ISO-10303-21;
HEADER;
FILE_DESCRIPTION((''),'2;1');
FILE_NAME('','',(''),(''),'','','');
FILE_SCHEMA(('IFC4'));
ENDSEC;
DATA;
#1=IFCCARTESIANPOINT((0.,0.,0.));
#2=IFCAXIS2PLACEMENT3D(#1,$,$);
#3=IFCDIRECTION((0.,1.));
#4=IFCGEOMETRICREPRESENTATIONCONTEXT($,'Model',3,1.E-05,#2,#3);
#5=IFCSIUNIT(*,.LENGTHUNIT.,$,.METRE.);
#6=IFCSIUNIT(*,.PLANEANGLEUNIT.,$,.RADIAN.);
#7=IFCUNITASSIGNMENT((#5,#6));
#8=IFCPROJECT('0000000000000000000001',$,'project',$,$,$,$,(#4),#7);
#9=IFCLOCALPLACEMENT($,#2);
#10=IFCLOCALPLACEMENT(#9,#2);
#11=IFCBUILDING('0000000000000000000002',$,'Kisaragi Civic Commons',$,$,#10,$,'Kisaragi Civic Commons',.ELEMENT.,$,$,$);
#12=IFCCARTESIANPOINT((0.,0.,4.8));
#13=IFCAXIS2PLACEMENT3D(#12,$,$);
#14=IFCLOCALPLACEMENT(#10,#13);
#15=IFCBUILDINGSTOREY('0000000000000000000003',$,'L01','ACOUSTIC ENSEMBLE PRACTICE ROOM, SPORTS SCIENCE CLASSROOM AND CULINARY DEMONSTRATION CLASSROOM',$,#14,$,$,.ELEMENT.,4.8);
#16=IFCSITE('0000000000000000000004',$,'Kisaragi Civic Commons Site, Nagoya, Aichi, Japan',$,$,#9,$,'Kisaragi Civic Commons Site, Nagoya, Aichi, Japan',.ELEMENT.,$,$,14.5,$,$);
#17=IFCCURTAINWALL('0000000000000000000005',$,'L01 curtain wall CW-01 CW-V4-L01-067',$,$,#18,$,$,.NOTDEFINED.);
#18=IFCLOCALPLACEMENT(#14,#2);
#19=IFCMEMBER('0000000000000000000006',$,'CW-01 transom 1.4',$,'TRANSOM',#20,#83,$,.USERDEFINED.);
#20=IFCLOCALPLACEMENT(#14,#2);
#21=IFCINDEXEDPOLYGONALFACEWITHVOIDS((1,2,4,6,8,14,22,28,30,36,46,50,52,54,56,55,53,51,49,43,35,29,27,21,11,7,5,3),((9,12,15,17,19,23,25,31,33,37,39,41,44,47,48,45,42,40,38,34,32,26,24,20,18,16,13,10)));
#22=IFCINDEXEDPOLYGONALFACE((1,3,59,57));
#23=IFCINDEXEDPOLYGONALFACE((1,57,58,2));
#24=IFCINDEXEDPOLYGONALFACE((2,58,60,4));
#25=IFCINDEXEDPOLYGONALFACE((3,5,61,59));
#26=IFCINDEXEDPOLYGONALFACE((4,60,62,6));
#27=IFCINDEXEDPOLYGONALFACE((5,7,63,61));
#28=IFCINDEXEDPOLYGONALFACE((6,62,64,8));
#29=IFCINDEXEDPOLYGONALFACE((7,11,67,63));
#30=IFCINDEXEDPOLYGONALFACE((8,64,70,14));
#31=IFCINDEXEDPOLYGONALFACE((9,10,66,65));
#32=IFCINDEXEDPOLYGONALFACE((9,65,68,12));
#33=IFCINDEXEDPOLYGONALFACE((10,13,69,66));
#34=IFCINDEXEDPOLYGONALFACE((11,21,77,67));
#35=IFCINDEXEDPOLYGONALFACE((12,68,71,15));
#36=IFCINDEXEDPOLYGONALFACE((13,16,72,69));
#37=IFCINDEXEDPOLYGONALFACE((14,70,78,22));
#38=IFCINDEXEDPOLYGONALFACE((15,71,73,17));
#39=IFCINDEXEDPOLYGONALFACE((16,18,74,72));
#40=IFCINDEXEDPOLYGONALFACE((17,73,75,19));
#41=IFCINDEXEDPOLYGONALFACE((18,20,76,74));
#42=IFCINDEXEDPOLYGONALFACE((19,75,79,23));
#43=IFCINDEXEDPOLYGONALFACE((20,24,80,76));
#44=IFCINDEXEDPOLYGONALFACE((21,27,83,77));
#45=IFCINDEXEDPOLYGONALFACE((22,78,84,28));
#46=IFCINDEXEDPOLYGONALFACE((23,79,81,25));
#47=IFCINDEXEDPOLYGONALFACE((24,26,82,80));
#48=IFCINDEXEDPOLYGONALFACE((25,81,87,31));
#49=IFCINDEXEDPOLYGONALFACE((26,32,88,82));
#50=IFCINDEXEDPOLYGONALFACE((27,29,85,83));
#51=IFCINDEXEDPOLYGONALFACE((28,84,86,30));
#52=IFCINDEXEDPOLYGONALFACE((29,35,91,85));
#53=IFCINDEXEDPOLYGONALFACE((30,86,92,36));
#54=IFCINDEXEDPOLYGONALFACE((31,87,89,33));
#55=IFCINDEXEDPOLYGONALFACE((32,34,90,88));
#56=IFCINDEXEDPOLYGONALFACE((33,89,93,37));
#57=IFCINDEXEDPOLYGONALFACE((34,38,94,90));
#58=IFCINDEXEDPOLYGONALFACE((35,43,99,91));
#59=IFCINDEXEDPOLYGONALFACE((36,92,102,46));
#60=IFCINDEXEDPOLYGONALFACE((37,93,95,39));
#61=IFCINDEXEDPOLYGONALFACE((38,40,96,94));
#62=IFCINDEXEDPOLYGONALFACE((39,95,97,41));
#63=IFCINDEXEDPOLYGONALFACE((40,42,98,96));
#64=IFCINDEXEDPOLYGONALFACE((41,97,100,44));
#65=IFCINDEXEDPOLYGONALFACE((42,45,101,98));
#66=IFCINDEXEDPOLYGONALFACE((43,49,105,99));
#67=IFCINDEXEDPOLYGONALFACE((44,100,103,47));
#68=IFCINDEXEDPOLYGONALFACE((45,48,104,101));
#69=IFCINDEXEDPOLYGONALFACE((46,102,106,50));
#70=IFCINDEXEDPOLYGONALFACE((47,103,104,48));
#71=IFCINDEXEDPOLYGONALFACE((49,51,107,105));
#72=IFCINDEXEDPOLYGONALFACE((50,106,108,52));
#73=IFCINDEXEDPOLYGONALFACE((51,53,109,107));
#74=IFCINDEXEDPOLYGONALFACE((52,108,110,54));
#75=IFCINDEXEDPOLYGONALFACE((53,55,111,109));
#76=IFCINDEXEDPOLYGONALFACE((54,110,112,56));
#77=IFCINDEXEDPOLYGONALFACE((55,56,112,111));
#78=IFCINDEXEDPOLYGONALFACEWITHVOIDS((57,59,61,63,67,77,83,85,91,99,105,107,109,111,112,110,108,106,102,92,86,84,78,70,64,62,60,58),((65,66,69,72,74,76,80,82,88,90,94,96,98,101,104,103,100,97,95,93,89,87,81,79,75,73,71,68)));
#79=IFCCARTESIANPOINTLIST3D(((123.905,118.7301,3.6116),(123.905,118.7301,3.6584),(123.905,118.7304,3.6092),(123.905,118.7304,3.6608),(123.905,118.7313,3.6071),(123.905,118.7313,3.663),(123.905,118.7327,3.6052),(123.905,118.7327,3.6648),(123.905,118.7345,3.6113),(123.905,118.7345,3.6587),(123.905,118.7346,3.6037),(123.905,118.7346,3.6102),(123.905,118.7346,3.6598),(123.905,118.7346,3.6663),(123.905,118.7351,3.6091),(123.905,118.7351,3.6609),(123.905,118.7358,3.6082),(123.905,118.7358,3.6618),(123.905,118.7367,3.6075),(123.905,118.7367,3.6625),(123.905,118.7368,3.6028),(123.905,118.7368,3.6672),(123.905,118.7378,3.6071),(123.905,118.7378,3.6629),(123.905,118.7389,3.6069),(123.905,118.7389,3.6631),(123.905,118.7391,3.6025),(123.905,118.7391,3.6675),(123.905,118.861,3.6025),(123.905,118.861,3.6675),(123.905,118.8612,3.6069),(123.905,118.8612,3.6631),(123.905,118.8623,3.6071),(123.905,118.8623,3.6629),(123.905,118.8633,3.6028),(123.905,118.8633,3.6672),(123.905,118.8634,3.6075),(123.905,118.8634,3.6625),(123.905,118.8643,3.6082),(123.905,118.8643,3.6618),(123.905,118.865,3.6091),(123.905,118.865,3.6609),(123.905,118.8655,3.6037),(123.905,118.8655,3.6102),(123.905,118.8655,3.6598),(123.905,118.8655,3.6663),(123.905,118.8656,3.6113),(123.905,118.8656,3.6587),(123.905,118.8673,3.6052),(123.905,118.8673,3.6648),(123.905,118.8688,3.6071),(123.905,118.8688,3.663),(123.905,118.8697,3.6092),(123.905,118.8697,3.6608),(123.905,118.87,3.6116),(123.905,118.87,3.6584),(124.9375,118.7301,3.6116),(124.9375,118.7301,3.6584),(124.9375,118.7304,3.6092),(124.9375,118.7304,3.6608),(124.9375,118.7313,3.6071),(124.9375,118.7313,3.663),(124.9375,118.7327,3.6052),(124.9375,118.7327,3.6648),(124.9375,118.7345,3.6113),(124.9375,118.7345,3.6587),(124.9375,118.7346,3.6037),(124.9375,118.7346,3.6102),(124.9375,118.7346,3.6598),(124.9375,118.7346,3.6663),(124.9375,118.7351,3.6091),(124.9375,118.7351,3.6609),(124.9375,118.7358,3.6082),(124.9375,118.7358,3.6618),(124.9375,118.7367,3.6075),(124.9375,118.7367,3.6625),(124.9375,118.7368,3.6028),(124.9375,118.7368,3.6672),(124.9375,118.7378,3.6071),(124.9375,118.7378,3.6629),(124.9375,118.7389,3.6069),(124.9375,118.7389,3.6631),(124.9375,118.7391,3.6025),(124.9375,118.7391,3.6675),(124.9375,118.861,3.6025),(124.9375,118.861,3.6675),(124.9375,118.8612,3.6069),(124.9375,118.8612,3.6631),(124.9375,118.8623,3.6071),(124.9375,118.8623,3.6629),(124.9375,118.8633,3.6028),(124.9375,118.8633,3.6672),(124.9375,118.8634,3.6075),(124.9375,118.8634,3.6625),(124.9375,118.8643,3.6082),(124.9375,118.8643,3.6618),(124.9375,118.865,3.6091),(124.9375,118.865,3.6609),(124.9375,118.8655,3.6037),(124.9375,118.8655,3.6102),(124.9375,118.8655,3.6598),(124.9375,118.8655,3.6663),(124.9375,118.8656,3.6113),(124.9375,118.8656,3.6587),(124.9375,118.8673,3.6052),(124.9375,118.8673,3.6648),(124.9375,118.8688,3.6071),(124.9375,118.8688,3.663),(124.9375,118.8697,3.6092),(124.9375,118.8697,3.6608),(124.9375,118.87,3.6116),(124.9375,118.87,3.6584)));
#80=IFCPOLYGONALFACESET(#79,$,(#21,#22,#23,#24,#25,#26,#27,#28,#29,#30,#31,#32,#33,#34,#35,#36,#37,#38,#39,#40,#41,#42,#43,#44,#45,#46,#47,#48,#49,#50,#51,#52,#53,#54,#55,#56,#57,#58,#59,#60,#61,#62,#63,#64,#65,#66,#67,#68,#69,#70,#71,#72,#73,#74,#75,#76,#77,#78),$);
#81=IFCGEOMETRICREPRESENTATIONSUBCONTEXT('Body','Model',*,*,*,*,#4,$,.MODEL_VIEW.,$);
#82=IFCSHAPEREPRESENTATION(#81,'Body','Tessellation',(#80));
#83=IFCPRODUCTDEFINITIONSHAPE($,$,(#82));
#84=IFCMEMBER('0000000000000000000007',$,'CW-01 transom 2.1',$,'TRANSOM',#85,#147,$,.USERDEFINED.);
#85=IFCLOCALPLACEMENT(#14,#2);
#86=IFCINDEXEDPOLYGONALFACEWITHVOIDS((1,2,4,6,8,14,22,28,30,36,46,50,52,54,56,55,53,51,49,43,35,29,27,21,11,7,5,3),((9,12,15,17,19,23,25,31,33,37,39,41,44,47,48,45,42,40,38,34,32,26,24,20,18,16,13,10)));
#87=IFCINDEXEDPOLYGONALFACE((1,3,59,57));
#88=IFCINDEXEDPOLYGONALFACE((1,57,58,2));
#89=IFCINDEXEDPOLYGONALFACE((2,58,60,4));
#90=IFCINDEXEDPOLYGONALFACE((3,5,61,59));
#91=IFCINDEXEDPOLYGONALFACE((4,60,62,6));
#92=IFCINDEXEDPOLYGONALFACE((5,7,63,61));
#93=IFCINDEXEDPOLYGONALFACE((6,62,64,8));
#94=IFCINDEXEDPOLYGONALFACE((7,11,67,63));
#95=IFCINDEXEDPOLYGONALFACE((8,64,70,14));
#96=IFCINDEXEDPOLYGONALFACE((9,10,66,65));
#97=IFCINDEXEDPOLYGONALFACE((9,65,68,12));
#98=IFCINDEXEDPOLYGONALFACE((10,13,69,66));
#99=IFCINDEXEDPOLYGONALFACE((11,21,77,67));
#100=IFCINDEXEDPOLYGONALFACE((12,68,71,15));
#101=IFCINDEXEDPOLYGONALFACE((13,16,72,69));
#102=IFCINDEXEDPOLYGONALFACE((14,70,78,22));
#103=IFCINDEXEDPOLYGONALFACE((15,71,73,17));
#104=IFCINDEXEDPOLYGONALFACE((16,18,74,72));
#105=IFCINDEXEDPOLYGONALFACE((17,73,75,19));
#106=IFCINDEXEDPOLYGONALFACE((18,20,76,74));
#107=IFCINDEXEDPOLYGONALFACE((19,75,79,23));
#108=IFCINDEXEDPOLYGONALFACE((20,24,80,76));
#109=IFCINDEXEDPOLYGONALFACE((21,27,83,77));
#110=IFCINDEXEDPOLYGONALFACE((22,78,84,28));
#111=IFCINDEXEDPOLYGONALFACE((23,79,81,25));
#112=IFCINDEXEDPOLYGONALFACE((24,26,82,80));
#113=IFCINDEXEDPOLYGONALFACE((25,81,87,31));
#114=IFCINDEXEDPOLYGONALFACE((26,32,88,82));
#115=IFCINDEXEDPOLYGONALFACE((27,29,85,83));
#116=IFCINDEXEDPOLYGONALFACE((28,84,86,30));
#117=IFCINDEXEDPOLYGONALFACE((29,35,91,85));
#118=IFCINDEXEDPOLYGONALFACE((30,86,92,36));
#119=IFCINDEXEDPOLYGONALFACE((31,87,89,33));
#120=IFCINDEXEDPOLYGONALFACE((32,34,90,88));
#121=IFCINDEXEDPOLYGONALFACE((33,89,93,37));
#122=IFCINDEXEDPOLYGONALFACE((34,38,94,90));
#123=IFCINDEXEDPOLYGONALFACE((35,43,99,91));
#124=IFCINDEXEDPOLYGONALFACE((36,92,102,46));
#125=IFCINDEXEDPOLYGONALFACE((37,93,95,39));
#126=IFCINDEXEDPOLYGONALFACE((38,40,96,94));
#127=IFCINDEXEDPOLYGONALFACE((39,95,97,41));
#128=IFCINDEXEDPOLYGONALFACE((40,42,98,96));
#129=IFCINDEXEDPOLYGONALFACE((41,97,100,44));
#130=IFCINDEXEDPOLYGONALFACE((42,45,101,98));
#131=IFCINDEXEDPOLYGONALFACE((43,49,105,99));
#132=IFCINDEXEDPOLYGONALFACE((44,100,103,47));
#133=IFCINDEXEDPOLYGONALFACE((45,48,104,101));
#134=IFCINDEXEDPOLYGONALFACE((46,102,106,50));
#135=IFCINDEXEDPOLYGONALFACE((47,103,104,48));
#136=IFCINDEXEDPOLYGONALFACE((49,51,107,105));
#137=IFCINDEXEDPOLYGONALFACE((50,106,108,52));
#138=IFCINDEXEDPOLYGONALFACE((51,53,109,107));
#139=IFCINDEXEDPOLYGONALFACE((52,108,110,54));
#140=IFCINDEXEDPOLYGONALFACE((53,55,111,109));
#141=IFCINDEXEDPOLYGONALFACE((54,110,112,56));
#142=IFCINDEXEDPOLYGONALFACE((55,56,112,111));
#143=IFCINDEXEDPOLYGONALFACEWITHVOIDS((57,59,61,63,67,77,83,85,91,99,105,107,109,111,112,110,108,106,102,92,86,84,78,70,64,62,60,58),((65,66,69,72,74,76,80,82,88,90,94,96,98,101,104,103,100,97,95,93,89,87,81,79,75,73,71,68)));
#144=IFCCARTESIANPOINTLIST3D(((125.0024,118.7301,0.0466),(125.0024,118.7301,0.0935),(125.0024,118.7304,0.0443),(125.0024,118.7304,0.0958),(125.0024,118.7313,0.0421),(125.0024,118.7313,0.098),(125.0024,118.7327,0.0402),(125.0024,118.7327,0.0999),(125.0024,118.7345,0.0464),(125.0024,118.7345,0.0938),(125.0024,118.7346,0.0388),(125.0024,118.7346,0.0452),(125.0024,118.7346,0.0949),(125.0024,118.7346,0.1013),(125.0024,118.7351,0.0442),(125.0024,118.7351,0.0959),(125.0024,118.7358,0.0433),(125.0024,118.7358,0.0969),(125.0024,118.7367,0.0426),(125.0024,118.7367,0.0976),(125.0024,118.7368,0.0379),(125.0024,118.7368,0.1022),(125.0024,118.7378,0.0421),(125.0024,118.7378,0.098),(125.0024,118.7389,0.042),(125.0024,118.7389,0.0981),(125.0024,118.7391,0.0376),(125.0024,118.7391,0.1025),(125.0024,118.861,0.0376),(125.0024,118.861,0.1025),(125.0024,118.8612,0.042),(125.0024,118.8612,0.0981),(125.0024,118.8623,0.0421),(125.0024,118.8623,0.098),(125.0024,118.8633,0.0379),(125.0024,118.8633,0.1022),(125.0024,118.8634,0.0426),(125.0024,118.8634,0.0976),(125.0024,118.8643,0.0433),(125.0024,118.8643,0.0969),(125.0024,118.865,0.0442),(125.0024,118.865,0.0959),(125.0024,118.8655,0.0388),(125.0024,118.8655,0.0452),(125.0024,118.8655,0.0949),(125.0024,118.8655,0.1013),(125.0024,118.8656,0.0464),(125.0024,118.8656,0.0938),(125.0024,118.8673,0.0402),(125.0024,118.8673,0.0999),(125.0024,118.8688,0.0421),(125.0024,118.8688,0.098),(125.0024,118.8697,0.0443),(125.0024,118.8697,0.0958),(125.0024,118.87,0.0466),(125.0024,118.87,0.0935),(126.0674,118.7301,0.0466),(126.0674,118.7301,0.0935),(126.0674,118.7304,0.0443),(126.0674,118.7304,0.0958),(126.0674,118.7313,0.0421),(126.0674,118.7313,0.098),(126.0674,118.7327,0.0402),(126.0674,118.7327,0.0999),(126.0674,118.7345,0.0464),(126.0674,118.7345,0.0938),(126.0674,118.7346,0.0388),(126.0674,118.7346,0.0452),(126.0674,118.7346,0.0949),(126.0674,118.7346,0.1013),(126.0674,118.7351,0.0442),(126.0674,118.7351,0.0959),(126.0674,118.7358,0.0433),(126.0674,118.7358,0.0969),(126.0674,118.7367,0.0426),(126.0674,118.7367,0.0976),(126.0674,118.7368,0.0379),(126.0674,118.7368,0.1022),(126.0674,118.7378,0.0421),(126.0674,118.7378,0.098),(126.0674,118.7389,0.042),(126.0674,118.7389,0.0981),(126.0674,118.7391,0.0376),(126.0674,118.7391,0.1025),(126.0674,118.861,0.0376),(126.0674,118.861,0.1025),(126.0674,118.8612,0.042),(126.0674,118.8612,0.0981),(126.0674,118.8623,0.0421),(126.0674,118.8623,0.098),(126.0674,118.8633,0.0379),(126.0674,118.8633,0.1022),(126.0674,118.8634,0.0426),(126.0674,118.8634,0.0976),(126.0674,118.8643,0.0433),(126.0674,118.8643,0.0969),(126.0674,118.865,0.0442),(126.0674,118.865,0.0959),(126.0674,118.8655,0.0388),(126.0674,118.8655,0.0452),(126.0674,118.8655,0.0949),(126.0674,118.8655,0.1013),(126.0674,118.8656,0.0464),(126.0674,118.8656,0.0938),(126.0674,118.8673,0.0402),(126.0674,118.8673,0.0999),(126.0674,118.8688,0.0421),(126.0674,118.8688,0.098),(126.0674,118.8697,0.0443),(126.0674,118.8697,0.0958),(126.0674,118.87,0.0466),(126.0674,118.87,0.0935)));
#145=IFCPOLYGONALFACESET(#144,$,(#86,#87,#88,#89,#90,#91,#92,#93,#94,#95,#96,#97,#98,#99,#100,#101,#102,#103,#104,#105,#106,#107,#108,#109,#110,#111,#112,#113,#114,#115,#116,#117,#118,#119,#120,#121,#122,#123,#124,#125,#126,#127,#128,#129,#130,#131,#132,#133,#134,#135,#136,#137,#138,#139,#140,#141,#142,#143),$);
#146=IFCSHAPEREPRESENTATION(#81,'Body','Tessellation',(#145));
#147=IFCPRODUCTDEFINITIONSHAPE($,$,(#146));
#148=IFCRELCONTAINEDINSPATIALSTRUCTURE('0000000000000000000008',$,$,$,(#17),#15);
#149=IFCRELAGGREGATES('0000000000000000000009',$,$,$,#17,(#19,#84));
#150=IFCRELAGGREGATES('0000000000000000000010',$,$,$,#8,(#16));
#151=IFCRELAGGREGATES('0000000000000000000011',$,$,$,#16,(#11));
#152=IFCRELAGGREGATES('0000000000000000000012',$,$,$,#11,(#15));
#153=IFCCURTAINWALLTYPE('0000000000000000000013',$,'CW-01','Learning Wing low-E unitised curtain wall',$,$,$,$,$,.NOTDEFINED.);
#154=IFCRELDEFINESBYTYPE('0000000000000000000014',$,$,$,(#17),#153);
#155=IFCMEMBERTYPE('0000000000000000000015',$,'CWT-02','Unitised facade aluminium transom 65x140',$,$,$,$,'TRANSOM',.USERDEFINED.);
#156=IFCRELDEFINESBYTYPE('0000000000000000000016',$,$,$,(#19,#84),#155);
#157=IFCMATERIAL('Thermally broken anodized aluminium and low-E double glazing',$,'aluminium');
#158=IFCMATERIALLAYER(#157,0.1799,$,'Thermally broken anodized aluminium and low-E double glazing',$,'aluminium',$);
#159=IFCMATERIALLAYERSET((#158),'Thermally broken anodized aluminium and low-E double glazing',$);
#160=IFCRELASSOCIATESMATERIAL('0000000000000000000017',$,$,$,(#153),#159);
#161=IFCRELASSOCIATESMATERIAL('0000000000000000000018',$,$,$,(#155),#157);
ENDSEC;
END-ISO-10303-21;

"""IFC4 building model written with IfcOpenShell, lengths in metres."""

from ifc_helpers import new_model, si_unit, direction, frame, origin, origin_2d, place, context, subcontext, project, spatial, hollow_rectangle, extrude, material, layer, layer_set, material_profile, profile_set, type_object, element, aggregate, save


model = new_model("IFC4")

# Units and contexts
model_context = context("Model", 3, precision=1e-05, world=origin(), true_north=direction((0.0, 1.0)))
body_context = subcontext(model_context, "Body", "Model", "MODEL_VIEW")
ifc_project = project(units=[si_unit("LENGTHUNIT", "METRE"), si_unit("PLANEANGLEUNIT", "RADIAN")], contexts=[model_context])

# Site, building, storey
site_placement = place(None, origin())
site = spatial("IfcSite", under=ifc_project, at=site_placement, Name="Kisaragi Civic Commons Site, Nagoya, Aichi, Japan", LongName="Kisaragi Civic Commons Site, Nagoya, Aichi, Japan", CompositionType="ELEMENT", RefElevation=14.5)
building_placement = place(site_placement, origin())
building = spatial("IfcBuilding", under=site, at=building_placement, Name="Kisaragi Civic Commons", LongName="Kisaragi Civic Commons", CompositionType="ELEMENT")
storey_placement = place(building_placement, frame((0.0, 0.0, 4.8)))
storey = spatial("IfcBuildingStorey", under=building, at=storey_placement, Name="L01", Description="ACOUSTIC ENSEMBLE PRACTICE ROOM, SPORTS SCIENCE CLASSROOM AND CULINARY DEMONSTRATION CLASSROOM", CompositionType="ELEMENT", Elevation=4.8)

# Shared definitions
ifc_material_1 = material(Name="Thermally broken anodized aluminium and low-E double glazing", Category="aluminium")
ifc_layer_1 = layer(ifc_material_1, 0.1799, Name="Thermally broken anodized aluminium and low-E double glazing", Category="aluminium")
ifc_layer_set_1 = layer_set([ifc_layer_1], Name="Thermally broken anodized aluminium and low-E double glazing")
curtain_wall_type = type_object("IfcCurtainWallType", Name="CW-01", Description="Learning Wing low-E unitised curtain wall", PredefinedType="NOTDEFINED", material=ifc_layer_set_1)

# Curtain wall, members
curtain_wall_1_placement = place(storey_placement, origin())
curtain_wall_1 = element("IfcCurtainWall", 1, at=curtain_wall_1_placement, inside=storey, type_object=curtain_wall_type, Name="L01 curtain wall CW-01 CW-V4-L01-067", PredefinedType="NOTDEFINED")
ifc_material_profile_1 = material_profile(ifc_material_1, hollow_rectangle(XDim=0.1399, YDim=0.0649, WallThickness=0.0044, InnerFilletRadius=0.0044, OuterFilletRadius=0.009, at=origin_2d()), Name="CWT-65x140x4.5", Category="aluminium")
ifc_profile_set_1 = profile_set([ifc_material_profile_1], Name="Thermally broken anodized aluminium and low-E double glazing")
member_type_1 = type_object("IfcMemberType", Name="CWT-02", Description="Unitised facade aluminium transom 65x140", ElementType="TRANSOM", PredefinedType="USERDEFINED", material=ifc_profile_set_1)
member_1_placement = place(storey_placement, frame((123.905, 118.8, 3.635), z_axis=(1.0, 0.0, 0.0), x_axis=(0.0, 1.0, 0.0)))
member_1 = element("IfcMember", 2, at=member_1_placement, type_object=member_type_1, Name="CW-01 transom 1.4", ObjectType="TRANSOM", PredefinedType="USERDEFINED", context=body_context, shape_type="SweptSolid", body=[
    extrude(hollow_rectangle(XDim=0.1399, YDim=0.0649, WallThickness=0.0044, InnerFilletRadius=0.0044, OuterFilletRadius=0.009, at=origin_2d()), origin(), (0.0, 0.0, 1.0), 1.0325),
])
member_2_placement = place(storey_placement, frame((125.0024, 118.8, 0.0701), z_axis=(1.0, 0.0, 0.0), x_axis=(0.0, 1.0, 0.0)))
member_2 = element("IfcMember", 3, at=member_2_placement, type_object=member_type_1, Name="CW-01 transom 2.1", ObjectType="TRANSOM", PredefinedType="USERDEFINED", context=body_context, shape_type="SweptSolid", body=[
    extrude(hollow_rectangle(XDim=0.1399, YDim=0.0649, WallThickness=0.0044, InnerFilletRadius=0.0044, OuterFilletRadius=0.009, at=origin_2d()), origin(), (0.0, 0.0, 1.0), 1.0649),
])

aggregate(curtain_wall_1, [member_1, member_2])

save(model, "model.ifc")
